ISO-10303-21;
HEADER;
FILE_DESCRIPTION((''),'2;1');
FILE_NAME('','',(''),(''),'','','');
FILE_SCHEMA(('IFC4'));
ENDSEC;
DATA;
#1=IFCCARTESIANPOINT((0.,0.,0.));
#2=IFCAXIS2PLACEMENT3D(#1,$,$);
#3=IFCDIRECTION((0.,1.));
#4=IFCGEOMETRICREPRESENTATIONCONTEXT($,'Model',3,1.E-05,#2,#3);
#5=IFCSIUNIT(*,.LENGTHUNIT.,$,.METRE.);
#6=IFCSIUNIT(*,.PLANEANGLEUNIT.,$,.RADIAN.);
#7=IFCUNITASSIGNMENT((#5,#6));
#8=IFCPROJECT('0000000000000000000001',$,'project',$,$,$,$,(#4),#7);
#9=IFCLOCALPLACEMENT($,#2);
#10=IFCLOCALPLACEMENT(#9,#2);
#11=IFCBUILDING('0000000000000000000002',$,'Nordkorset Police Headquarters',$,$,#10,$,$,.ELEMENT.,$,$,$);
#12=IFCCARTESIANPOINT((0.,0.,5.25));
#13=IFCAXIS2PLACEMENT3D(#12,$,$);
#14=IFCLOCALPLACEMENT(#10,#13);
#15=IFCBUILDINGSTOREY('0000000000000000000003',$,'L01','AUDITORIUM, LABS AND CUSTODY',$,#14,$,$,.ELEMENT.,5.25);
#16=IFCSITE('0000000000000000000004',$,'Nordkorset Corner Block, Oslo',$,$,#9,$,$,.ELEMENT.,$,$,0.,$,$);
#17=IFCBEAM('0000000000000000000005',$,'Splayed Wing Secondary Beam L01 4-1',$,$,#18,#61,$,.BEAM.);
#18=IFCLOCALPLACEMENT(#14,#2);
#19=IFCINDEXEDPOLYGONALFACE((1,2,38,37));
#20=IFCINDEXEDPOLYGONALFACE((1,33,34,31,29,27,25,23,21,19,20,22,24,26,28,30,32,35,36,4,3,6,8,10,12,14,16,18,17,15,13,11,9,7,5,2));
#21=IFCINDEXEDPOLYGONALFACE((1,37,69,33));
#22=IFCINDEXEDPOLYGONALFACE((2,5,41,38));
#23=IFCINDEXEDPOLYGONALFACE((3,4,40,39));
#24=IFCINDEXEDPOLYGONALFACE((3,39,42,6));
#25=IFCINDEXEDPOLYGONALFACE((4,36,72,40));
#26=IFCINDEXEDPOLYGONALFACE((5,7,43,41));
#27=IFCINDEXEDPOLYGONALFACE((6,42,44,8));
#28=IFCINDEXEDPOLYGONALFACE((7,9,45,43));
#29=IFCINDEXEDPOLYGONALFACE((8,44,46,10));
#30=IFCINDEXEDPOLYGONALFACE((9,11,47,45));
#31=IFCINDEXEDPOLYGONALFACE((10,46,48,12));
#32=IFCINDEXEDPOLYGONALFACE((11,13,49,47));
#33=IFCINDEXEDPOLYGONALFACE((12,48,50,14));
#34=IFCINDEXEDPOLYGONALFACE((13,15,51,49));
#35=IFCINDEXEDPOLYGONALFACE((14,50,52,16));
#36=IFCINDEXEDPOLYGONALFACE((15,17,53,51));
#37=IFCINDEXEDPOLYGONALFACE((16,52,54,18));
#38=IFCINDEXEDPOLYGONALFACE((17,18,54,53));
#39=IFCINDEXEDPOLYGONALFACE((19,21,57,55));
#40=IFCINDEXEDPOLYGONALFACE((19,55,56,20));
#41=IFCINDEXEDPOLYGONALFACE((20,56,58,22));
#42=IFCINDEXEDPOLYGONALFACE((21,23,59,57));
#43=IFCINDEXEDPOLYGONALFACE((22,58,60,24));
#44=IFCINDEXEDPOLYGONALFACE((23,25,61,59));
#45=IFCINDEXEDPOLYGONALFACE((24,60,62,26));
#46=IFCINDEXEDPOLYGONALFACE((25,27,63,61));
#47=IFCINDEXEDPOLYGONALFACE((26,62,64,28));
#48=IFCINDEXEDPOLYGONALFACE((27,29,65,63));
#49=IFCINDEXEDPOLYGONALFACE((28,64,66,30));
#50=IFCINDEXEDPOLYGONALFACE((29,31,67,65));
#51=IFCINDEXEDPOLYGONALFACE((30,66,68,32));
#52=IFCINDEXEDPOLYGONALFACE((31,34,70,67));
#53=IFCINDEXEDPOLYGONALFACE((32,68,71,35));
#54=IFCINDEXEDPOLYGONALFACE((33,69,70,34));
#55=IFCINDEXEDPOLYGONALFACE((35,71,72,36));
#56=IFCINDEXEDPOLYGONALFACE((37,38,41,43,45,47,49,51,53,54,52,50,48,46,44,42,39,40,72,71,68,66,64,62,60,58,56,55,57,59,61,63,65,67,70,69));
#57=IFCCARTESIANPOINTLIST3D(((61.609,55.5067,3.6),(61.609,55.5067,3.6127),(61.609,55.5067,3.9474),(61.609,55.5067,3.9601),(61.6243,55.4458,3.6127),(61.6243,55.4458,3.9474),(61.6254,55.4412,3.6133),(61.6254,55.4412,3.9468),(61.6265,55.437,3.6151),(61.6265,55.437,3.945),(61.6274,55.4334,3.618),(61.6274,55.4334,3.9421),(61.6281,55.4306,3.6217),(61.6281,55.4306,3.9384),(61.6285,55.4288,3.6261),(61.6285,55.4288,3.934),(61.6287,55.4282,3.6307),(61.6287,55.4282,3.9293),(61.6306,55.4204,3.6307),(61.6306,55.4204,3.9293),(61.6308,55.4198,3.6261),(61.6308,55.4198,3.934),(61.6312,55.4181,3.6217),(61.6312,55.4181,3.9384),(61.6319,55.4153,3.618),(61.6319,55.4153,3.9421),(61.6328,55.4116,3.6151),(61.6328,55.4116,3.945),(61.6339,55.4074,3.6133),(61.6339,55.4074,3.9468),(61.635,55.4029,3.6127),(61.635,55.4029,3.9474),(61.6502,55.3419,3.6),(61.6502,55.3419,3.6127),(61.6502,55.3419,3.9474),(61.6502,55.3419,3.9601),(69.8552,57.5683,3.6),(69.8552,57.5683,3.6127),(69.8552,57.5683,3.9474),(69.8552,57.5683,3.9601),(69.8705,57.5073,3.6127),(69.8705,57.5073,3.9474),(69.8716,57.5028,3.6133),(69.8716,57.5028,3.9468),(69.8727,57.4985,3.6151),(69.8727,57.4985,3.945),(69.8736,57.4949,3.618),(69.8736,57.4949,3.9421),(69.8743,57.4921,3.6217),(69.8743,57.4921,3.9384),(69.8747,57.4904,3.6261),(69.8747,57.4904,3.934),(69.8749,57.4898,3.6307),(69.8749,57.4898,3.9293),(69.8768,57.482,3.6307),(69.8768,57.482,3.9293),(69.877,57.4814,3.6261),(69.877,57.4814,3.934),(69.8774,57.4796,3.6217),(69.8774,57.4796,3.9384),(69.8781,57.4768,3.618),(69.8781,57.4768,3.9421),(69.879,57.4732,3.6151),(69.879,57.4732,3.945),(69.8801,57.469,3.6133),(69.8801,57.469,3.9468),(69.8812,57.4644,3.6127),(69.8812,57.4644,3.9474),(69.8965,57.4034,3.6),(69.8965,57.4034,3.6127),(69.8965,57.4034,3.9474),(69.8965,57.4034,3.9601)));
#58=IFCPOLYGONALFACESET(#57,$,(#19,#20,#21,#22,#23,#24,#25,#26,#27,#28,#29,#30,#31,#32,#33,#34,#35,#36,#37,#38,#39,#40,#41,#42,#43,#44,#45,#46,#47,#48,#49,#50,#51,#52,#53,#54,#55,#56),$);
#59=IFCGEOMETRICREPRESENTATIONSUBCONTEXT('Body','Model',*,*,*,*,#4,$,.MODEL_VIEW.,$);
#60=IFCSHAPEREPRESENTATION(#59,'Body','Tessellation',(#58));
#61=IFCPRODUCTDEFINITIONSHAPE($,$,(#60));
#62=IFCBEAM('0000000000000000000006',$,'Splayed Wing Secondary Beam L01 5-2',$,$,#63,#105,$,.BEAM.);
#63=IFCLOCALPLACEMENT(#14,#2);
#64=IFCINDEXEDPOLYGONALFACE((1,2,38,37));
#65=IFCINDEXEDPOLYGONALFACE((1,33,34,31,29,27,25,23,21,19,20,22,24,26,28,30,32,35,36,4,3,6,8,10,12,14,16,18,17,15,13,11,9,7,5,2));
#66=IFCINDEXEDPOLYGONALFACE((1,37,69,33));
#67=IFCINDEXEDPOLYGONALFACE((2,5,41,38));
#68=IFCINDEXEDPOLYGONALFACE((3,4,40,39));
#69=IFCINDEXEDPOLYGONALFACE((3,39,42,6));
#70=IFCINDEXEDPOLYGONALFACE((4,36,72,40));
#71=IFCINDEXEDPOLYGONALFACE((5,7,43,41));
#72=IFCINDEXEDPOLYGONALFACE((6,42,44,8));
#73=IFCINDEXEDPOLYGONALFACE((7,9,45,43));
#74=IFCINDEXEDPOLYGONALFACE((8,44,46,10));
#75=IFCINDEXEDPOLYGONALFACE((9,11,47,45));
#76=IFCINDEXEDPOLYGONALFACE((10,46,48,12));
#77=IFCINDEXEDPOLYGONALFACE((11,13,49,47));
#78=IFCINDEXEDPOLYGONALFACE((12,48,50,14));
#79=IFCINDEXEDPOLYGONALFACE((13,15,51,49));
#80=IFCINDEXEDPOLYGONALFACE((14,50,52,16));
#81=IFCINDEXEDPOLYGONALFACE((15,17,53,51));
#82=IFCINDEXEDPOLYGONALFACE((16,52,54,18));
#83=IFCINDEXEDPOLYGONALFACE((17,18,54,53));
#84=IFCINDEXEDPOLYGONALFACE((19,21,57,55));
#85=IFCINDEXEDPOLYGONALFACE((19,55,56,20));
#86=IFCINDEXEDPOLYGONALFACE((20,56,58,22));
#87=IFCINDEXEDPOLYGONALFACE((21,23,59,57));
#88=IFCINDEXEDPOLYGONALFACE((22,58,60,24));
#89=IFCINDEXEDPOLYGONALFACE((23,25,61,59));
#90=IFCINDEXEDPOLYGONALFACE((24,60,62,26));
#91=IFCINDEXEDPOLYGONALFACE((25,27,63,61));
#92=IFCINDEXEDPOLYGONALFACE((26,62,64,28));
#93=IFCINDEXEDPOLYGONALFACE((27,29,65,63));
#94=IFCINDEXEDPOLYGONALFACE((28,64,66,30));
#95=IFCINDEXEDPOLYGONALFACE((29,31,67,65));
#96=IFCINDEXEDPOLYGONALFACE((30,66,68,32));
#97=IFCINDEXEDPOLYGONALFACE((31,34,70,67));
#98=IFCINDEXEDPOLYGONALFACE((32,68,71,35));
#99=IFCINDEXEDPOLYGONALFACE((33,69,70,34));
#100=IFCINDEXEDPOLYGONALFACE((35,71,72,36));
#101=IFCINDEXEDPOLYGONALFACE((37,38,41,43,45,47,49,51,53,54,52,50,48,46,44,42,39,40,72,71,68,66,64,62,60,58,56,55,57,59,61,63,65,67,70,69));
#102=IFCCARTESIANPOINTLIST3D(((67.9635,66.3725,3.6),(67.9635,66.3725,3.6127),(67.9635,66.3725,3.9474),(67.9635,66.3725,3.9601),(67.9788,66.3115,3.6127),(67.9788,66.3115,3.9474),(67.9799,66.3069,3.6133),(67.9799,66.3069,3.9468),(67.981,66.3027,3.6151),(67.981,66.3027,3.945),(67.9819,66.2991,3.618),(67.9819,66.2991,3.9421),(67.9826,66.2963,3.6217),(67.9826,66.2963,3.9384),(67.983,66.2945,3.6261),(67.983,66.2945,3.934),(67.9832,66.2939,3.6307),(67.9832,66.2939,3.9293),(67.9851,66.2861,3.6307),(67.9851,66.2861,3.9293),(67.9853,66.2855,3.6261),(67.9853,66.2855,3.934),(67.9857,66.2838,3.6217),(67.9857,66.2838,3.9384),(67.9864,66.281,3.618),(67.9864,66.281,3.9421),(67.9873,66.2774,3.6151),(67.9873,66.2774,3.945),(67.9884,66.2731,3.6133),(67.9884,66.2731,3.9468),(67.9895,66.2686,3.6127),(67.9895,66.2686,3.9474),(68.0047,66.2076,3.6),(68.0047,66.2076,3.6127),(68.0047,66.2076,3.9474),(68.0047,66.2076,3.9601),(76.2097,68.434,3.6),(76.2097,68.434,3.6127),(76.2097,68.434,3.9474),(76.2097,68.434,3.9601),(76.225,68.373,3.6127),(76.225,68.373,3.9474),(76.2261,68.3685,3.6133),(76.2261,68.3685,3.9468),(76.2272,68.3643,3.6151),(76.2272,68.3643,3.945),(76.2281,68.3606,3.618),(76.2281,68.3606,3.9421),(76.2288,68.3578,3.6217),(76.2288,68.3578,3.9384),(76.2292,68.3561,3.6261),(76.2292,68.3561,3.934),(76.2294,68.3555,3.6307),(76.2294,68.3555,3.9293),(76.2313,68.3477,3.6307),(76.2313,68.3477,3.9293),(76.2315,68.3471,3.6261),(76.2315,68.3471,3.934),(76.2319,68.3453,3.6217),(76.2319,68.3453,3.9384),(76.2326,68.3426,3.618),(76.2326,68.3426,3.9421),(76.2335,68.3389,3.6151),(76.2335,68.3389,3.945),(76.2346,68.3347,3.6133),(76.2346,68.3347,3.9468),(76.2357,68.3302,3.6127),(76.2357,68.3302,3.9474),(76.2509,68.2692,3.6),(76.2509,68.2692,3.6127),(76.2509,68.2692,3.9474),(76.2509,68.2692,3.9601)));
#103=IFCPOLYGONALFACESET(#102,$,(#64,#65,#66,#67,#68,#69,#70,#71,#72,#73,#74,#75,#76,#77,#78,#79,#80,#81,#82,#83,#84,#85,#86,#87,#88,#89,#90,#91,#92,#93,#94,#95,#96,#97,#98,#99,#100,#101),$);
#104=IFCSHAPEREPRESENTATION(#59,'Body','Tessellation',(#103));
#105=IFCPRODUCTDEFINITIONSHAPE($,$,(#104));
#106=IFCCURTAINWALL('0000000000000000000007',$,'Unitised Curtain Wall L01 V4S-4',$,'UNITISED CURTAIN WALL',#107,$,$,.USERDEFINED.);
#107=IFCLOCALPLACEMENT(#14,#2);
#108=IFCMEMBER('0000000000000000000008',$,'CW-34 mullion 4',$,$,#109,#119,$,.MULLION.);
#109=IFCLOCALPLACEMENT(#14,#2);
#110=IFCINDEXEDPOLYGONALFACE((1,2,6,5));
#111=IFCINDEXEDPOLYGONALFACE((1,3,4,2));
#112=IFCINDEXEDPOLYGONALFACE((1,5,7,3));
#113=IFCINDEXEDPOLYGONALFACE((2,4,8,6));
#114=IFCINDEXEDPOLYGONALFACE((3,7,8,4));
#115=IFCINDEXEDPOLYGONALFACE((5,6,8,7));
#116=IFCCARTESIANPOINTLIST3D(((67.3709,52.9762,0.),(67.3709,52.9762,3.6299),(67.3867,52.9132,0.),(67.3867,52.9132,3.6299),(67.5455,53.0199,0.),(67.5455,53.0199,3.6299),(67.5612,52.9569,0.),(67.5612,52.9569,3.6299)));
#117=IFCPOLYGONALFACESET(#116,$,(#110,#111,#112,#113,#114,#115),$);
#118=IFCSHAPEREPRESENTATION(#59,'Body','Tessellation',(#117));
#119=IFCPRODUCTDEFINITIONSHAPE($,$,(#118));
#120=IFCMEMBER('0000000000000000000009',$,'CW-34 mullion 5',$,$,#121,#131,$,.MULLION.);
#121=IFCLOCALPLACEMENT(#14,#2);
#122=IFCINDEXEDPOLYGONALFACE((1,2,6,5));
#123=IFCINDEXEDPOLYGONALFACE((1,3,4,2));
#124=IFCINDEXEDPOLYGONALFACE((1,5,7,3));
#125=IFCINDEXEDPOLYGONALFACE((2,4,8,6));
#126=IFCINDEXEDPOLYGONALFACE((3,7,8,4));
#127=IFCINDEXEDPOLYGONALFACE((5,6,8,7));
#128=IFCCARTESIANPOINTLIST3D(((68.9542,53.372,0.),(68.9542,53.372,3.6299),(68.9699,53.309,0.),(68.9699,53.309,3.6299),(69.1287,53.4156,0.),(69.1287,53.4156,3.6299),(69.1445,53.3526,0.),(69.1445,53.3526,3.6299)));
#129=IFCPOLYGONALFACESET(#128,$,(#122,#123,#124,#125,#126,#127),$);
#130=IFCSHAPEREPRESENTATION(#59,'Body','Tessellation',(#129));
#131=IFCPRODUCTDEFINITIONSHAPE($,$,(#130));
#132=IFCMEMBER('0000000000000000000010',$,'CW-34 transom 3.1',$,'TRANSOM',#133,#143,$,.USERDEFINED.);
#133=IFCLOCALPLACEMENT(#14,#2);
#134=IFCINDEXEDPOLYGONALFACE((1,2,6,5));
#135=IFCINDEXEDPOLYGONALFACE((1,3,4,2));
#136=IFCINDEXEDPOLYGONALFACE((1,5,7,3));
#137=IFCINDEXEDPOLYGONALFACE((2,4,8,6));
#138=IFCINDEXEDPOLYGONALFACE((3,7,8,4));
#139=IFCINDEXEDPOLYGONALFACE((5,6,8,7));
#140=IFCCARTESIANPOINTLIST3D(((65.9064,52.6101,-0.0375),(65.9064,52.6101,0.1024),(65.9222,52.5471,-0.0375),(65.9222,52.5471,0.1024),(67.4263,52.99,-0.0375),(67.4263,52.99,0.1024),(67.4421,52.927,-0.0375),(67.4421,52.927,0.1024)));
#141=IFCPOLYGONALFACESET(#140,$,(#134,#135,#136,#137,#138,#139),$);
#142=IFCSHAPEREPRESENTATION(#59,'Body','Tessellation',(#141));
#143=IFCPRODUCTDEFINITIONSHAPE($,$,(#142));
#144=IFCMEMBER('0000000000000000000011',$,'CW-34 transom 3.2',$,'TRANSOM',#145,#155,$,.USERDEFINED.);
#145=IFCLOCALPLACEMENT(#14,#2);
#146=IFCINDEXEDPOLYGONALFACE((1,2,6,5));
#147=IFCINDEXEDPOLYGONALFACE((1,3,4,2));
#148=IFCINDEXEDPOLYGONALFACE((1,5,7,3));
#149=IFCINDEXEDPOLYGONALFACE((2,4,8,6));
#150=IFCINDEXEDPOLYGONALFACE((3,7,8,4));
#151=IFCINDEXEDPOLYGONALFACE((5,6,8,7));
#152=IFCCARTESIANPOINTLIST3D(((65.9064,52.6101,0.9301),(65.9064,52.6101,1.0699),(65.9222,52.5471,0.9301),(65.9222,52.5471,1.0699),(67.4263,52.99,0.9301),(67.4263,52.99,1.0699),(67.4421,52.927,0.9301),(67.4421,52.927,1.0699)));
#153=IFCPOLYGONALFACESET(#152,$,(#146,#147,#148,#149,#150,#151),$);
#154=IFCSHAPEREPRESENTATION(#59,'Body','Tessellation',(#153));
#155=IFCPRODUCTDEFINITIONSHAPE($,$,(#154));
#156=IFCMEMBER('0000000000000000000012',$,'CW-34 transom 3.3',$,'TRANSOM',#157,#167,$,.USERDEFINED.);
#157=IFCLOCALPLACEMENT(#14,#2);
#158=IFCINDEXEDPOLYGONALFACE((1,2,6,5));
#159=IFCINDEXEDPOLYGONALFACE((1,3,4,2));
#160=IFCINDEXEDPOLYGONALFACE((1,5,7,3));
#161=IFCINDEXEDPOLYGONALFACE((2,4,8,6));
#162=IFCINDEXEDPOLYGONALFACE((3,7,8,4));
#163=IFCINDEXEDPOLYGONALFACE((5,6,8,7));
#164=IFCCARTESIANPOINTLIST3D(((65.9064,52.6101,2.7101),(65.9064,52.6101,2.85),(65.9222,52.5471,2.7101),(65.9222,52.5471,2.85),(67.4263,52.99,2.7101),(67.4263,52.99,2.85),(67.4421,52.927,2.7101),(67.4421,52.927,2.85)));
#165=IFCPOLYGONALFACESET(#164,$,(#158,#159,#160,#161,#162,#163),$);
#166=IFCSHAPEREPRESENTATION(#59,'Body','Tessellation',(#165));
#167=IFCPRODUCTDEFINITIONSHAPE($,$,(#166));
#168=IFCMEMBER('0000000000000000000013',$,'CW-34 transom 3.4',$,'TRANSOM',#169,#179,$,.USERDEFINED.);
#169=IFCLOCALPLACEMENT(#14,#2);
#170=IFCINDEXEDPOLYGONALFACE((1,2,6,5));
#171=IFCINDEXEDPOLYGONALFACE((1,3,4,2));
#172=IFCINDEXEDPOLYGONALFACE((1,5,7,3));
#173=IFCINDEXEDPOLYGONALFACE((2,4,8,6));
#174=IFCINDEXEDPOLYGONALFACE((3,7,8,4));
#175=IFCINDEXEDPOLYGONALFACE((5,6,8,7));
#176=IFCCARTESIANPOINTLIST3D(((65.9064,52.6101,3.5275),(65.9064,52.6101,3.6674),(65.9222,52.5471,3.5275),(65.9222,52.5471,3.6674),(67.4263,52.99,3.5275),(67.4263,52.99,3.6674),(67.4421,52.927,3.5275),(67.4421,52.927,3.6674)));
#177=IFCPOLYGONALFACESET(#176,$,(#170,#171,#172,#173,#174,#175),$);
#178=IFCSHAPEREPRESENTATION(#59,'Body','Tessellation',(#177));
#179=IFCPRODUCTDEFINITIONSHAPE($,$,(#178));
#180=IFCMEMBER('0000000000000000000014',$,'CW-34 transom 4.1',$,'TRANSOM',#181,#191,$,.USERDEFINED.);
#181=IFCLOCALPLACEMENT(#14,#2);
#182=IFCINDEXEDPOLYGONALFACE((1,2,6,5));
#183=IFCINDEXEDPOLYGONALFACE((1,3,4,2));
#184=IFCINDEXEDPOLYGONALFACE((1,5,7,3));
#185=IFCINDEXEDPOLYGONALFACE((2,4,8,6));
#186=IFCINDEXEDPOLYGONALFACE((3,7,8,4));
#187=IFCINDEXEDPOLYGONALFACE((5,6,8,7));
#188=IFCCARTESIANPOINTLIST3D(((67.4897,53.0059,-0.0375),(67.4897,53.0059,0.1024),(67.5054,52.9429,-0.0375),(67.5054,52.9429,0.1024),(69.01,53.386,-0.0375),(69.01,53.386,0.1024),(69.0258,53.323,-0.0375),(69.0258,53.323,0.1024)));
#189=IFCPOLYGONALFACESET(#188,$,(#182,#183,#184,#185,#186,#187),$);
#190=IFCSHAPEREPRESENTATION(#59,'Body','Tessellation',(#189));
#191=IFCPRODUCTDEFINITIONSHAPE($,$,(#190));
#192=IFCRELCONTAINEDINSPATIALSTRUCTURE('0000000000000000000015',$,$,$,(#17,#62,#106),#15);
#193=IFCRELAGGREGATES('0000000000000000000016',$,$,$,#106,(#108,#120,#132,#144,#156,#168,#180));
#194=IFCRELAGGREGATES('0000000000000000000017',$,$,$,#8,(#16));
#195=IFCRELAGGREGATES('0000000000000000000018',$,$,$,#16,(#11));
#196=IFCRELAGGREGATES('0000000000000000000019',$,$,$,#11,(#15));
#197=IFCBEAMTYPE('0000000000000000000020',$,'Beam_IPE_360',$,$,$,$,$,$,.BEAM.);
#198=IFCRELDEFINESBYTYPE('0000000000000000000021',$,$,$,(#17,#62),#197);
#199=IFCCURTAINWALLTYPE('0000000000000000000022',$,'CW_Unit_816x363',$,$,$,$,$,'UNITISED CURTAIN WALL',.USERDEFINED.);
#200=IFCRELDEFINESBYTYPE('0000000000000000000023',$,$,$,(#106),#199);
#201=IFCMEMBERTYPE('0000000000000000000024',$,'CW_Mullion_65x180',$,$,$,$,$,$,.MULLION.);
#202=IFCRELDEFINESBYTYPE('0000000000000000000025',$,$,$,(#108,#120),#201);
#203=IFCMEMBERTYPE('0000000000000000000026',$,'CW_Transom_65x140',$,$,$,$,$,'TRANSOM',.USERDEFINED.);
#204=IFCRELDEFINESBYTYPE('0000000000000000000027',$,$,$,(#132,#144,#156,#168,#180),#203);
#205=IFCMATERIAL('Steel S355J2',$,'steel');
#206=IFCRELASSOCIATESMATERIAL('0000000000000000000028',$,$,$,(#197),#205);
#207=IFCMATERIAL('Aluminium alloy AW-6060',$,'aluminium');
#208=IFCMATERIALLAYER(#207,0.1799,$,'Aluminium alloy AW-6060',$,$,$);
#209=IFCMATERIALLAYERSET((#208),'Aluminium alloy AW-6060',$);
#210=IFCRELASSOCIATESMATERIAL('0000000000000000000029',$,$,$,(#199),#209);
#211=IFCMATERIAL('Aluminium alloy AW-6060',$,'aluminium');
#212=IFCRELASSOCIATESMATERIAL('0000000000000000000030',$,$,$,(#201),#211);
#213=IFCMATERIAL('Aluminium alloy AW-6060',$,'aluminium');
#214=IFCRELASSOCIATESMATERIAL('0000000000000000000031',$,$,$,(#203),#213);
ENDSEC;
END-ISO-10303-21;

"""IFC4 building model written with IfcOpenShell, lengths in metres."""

from ifc_helpers import new_model, si_unit, direction, frame, origin, origin_2d, place, context, subcontext, project, spatial, rectangle, i_section, extrude, material, layer, layer_set, material_profile, profile_set, type_object, element, aggregate, save


model = new_model("IFC4")

# Units and contexts
model_context = context("Model", 3, precision=1e-05, world=origin(), true_north=direction((0.0, 1.0)))
body_context = subcontext(model_context, "Body", "Model", "MODEL_VIEW")
ifc_project = project(units=[si_unit("LENGTHUNIT", "METRE"), si_unit("PLANEANGLEUNIT", "RADIAN")], contexts=[model_context])

# Site, building, storey
site_placement = place(None, origin())
site = spatial("IfcSite", under=ifc_project, at=site_placement, Name="Nordkorset Corner Block, Oslo", CompositionType="ELEMENT", RefElevation=0.0)
building_placement = place(site_placement, origin())
building = spatial("IfcBuilding", under=site, at=building_placement, Name="Nordkorset Police Headquarters", CompositionType="ELEMENT")
storey_placement = place(building_placement, frame((0.0, 0.0, 5.25)))
storey = spatial("IfcBuildingStorey", under=building, at=storey_placement, Name="L01", Description="AUDITORIUM, LABS AND CUSTODY", CompositionType="ELEMENT", Elevation=5.25)

# Beams
ifc_material_1 = material(Name="Steel S355J2", Category="steel")
ifc_material_profile_1 = material_profile(ifc_material_1, i_section(OverallWidth=0.1699, OverallDepth=0.3601, WebThickness=0.0081, FlangeThickness=0.0127, FilletRadius=0.0181, at=origin_2d()), Name="IPE 360")
ifc_profile_set_1 = profile_set([ifc_material_profile_1], Name="Steel S355J2")
beam_type = type_object("IfcBeamType", Name="Beam_IPE_360", PredefinedType="BEAM", material=ifc_profile_set_1)
for number, where, z_axis, x_axis, name in (
    (1, (61.6296, 55.4243, 3.78), (0.970143, 0.242536, 0.0), (-0.242536, 0.970143, 0.0), "Splayed Wing Secondary Beam L01 4-1"),
    (2, (67.9841, 66.29, 3.78), (0.970143, 0.242536, 0.0), (-0.242536, 0.970143, 0.0), "Splayed Wing Secondary Beam L01 5-2"),
):
    element("IfcBeam", number, at=place(storey_placement, frame(where, z_axis=z_axis, x_axis=x_axis)), inside=storey, type_object=beam_type, Name=name, PredefinedType="BEAM", context=body_context, shape_type="SweptSolid", body=[
        extrude(i_section(OverallWidth=0.1699, OverallDepth=0.3601, WebThickness=0.0081, FlangeThickness=0.0127, FilletRadius=0.0181, at=origin_2d()), origin(), (0.0, 0.0, 1.0), 8.5),
    ])

# Curtain wall, members
ifc_material_2 = material(Name="Aluminium alloy AW-6060", Category="aluminium")
ifc_layer_1 = layer(ifc_material_2, 0.1799, Name="Aluminium alloy AW-6060")
ifc_layer_set_1 = layer_set([ifc_layer_1], Name="Aluminium alloy AW-6060")
curtain_wall_type = type_object("IfcCurtainWallType", Name="CW_Unit_816x363", ElementType="UNITISED CURTAIN WALL", PredefinedType="USERDEFINED", material=ifc_layer_set_1)
curtain_wall_1_placement = place(storey_placement, origin())
curtain_wall_1 = element("IfcCurtainWall", 3, at=curtain_wall_1_placement, inside=storey, type_object=curtain_wall_type, Name="Unitised Curtain Wall L01 V4S-4", ObjectType="UNITISED CURTAIN WALL", PredefinedType="USERDEFINED")
ifc_material_3 = material(Name="Aluminium alloy AW-6060", Category="aluminium")
ifc_material_profile_2 = material_profile(ifc_material_3, rectangle(XDim=0.0649, YDim=0.1799, at=origin_2d()), Name="ALU MULL 65x180")
ifc_profile_set_2 = profile_set([ifc_material_profile_2], Name="Aluminium alloy AW-6060")
member_type_1 = type_object("IfcMemberType", Name="CW_Mullion_65x180", PredefinedType="MULLION", material=ifc_profile_set_2)
member_1_placement = place(storey_placement, frame((67.4661, 52.9666, 0.0), z_axis=(0.0, 0.0, 1.0), x_axis=(-0.242536, 0.970143, 0.0)))
member_1 = element("IfcMember", 4, at=member_1_placement, type_object=member_type_1, Name="CW-34 mullion 4", PredefinedType="MULLION", context=body_context, shape_type="SweptSolid", body=[
    extrude(rectangle(XDim=0.0649, YDim=0.1799, at=origin_2d()), origin(), (0.0, 0.0, 1.0), 3.6299),
])
member_2_placement = place(storey_placement, frame((69.0493, 53.3623, 0.0), z_axis=(0.0, 0.0, 1.0), x_axis=(-0.242536, 0.970143, 0.0)))
member_2 = element("IfcMember", 5, at=member_2_placement, type_object=member_type_1, Name="CW-34 mullion 5", PredefinedType="MULLION", context=body_context, shape_type="SweptSolid", body=[
    extrude(rectangle(XDim=0.0649, YDim=0.1799, at=origin_2d()), origin(), (0.0, 0.0, 1.0), 3.6299),
])
ifc_material_4 = material(Name="Aluminium alloy AW-6060", Category="aluminium")
ifc_material_profile_3 = material_profile(ifc_material_4, rectangle(XDim=0.0649, YDim=0.1399, at=origin_2d()), Name="ALU TRAN 65x140")
ifc_profile_set_3 = profile_set([ifc_material_profile_3], Name="Aluminium alloy AW-6060")
member_type_2 = type_object("IfcMemberType", Name="CW_Transom_65x140", ElementType="TRANSOM", PredefinedType="USERDEFINED", material=ifc_profile_set_3)
member_3_placement = place(storey_placement, frame((65.9143, 52.5786, 0.0325), z_axis=(0.970161, 0.242462, 0.0), x_axis=(-0.242462, 0.970161, 0.0)))
member_3 = element("IfcMember", 6, at=member_3_placement, type_object=member_type_2, Name="CW-34 transom 3.1", ObjectType="TRANSOM", PredefinedType="USERDEFINED", context=body_context, shape_type="SweptSolid", body=[
    extrude(rectangle(XDim=0.0649, YDim=0.1399, at=origin_2d()), origin(), (0.0, 0.0, 1.0), 1.5667),
])
member_4_placement = place(storey_placement, frame((65.9143, 52.5786, 1.0), z_axis=(0.970161, 0.242462, 0.0), x_axis=(-0.242462, 0.970161, 0.0)))
member_4 = element("IfcMember", 7, at=member_4_placement, type_object=member_type_2, Name="CW-34 transom 3.2", ObjectType="TRANSOM", PredefinedType="USERDEFINED", context=body_context, shape_type="SweptSolid", body=[
    extrude(rectangle(XDim=0.0649, YDim=0.1399, at=origin_2d()), origin(), (0.0, 0.0, 1.0), 1.5667),
])
member_5_placement = place(storey_placement, frame((65.9143, 52.5786, 2.78), z_axis=(0.970161, 0.242462, 0.0), x_axis=(-0.242462, 0.970161, 0.0)))
member_5 = element("IfcMember", 8, at=member_5_placement, type_object=member_type_2, Name="CW-34 transom 3.3", ObjectType="TRANSOM", PredefinedType="USERDEFINED", context=body_context, shape_type="SweptSolid", body=[
    extrude(rectangle(XDim=0.0649, YDim=0.1399, at=origin_2d()), origin(), (0.0, 0.0, 1.0), 1.5667),
])
member_6_placement = place(storey_placement, frame((65.9143, 52.5786, 3.5974), z_axis=(0.970161, 0.242462, 0.0), x_axis=(-0.242462, 0.970161, 0.0)))
member_6 = element("IfcMember", 9, at=member_6_placement, type_object=member_type_2, Name="CW-34 transom 3.4", ObjectType="TRANSOM", PredefinedType="USERDEFINED", context=body_context, shape_type="SweptSolid", body=[
    extrude(rectangle(XDim=0.0649, YDim=0.1399, at=origin_2d()), origin(), (0.0, 0.0, 1.0), 1.5667),
])
member_7_placement = place(storey_placement, frame((67.4976, 52.9744, 0.0325), z_axis=(0.970133, 0.242572, 0.0), x_axis=(-0.242572, 0.970133, 0.0)))
member_7 = element("IfcMember", 10, at=member_7_placement, type_object=member_type_2, Name="CW-34 transom 4.1", ObjectType="TRANSOM", PredefinedType="USERDEFINED", context=body_context, shape_type="SweptSolid", body=[
    extrude(rectangle(XDim=0.0649, YDim=0.1399, at=origin_2d()), origin(), (0.0, 0.0, 1.0), 1.5671),
])

aggregate(curtain_wall_1, [member_1, member_2, member_3, member_4, member_5, member_6, member_7])

save(model, "model.ifc")
